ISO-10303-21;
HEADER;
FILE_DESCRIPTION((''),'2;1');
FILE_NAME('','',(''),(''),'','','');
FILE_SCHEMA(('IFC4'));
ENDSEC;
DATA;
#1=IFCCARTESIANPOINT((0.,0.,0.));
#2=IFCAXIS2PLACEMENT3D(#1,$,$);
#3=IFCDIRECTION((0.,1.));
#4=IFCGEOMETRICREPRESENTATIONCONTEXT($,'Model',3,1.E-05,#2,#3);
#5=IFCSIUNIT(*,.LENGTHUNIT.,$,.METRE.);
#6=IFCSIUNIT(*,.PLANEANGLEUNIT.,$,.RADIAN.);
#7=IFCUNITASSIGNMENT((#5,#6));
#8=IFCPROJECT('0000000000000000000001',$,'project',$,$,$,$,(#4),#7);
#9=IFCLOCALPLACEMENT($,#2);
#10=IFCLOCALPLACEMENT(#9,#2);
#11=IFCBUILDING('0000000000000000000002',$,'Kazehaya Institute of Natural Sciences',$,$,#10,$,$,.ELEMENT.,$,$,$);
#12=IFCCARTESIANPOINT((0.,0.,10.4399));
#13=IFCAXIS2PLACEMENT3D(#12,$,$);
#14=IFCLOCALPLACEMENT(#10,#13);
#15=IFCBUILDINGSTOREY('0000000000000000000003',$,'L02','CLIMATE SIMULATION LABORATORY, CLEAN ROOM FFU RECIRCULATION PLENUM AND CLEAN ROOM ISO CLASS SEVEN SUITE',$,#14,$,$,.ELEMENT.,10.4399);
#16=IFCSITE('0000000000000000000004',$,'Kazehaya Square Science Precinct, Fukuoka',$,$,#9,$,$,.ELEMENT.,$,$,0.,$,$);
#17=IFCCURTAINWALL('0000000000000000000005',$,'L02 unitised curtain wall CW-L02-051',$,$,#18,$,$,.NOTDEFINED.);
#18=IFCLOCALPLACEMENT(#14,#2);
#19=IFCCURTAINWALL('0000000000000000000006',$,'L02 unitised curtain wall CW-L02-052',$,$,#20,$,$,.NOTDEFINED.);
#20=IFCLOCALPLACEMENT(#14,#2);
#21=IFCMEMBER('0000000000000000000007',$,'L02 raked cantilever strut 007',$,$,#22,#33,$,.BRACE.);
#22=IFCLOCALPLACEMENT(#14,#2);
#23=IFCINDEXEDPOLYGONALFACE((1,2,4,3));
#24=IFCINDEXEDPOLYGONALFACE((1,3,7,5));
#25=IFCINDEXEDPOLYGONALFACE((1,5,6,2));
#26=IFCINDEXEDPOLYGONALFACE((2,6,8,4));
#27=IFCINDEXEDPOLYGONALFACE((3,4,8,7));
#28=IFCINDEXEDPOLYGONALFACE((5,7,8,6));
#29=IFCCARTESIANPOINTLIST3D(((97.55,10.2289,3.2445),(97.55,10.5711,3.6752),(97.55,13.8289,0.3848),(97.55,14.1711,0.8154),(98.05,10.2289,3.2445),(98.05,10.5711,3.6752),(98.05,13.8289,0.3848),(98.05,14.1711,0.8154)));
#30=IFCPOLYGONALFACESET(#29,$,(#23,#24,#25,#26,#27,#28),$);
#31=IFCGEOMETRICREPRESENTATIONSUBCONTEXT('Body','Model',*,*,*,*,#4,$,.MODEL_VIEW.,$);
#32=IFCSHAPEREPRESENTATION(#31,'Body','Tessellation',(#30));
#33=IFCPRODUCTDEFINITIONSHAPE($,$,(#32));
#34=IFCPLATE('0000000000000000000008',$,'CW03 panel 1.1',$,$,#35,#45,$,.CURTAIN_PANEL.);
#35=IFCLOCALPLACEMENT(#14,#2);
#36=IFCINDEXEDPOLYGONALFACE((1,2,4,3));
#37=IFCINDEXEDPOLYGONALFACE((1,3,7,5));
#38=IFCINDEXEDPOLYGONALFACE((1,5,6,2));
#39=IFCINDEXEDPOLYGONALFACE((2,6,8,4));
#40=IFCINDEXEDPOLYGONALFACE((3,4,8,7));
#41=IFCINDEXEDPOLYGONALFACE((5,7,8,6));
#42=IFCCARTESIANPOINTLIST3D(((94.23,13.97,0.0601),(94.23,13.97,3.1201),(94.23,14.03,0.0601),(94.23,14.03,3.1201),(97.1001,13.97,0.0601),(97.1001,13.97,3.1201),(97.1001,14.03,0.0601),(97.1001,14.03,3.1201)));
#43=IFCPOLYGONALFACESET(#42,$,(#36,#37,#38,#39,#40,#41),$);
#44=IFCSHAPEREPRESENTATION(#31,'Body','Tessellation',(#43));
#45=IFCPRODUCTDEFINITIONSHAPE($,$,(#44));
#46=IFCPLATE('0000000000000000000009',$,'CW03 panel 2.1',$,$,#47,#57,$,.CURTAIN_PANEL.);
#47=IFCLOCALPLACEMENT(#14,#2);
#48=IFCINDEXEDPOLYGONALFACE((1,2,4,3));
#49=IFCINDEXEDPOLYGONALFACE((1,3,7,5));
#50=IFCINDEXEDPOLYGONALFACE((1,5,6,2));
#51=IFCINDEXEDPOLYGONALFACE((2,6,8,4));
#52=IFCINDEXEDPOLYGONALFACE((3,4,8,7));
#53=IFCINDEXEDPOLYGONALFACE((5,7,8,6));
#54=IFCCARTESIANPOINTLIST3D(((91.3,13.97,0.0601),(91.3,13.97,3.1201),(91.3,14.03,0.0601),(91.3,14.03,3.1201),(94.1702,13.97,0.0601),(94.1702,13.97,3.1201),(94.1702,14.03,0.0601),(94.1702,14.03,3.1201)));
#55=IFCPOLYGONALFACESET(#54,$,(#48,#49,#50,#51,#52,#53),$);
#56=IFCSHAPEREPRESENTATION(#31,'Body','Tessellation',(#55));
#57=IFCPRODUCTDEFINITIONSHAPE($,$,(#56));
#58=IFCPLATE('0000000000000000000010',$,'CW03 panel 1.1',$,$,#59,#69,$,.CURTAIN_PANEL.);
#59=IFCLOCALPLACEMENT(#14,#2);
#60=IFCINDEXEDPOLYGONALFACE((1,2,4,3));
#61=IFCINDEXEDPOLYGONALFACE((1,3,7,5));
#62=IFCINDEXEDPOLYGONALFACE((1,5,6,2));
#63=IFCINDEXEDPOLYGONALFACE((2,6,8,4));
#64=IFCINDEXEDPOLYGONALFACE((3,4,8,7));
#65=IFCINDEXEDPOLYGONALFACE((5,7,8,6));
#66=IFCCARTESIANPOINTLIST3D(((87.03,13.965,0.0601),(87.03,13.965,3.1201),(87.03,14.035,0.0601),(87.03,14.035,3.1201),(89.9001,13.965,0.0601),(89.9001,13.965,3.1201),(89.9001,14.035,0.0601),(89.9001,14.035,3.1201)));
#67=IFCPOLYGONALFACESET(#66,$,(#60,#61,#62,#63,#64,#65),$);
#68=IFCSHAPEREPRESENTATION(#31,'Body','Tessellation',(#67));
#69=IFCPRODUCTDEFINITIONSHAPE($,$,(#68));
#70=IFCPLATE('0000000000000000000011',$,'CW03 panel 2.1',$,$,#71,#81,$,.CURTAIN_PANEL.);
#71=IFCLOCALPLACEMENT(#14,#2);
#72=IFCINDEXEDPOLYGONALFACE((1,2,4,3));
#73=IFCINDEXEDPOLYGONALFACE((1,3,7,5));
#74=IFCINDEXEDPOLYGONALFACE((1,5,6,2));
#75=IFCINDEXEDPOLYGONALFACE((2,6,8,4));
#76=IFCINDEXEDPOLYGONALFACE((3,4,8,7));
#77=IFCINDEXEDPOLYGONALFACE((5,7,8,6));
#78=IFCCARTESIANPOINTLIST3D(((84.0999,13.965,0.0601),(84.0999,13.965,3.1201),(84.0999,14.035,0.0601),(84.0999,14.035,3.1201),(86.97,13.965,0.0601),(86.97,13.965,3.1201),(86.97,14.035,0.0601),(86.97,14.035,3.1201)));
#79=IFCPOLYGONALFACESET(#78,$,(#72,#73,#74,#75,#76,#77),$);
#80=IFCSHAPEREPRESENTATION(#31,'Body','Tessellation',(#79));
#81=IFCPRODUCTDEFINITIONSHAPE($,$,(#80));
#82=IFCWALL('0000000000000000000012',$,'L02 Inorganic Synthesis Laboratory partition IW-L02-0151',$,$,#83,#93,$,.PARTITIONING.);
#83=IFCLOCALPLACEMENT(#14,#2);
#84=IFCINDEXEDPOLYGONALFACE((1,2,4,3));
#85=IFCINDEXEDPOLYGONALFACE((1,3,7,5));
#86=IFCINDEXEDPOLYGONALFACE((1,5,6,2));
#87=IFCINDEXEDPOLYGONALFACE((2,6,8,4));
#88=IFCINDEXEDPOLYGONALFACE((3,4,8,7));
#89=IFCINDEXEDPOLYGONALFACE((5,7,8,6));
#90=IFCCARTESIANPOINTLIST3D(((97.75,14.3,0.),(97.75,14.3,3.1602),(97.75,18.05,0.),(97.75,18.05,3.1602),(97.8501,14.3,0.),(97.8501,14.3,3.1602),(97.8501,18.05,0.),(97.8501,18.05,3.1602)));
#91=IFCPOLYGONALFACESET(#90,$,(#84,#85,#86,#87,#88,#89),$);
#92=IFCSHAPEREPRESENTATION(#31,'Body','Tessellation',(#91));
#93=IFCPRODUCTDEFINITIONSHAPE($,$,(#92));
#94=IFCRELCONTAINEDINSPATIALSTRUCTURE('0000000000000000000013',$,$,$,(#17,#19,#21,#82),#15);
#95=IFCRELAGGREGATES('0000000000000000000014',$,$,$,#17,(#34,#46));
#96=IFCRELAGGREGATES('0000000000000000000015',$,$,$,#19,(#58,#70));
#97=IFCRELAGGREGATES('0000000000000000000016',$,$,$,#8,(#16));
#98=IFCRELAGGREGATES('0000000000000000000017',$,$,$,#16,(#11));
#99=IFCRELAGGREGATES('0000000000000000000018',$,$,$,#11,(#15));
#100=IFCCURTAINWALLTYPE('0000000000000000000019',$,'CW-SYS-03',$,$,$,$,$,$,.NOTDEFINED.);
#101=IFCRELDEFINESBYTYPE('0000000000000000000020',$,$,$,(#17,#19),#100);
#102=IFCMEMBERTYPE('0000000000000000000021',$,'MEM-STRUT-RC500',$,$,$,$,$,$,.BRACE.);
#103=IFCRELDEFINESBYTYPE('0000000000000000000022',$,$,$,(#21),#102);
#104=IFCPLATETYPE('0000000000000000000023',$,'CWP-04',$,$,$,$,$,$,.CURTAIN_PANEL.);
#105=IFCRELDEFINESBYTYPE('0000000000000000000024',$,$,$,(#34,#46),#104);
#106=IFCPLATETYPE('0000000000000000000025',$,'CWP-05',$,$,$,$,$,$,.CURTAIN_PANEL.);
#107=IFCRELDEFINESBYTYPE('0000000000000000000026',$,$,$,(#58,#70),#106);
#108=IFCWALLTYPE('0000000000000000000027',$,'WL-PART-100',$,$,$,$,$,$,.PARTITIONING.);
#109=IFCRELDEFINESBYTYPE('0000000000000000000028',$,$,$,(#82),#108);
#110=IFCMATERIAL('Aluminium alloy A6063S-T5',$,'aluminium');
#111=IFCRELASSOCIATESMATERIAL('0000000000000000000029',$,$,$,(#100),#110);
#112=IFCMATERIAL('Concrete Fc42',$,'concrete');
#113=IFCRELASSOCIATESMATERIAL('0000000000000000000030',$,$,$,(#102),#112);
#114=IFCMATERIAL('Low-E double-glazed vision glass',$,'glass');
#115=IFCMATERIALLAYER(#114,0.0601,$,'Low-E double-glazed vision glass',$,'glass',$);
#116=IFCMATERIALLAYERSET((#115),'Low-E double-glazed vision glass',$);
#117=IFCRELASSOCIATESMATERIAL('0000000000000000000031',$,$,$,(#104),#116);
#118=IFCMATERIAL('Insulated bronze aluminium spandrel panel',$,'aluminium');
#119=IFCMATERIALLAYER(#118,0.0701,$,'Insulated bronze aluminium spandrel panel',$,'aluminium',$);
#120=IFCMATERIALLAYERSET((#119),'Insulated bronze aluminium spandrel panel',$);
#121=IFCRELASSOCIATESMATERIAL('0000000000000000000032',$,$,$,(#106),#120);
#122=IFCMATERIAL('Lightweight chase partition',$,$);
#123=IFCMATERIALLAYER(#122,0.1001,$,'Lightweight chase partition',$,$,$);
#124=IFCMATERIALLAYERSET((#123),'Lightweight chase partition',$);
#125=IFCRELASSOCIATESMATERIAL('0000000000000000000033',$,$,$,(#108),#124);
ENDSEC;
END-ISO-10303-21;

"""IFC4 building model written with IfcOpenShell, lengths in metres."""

from ifc_helpers import new_model, si_unit, direction, frame, frame_2d, origin, origin_2d, place, context, subcontext, project, spatial, rectangle, extrude, material, layer, layer_set, material_profile, profile_set, type_object, element, aggregate, save


model = new_model("IFC4")

# Units and contexts
model_context = context("Model", 3, precision=1e-05, world=origin(), true_north=direction((0.0, 1.0)))
body_context = subcontext(model_context, "Body", "Model", "MODEL_VIEW")
ifc_project = project(units=[si_unit("LENGTHUNIT", "METRE"), si_unit("PLANEANGLEUNIT", "RADIAN")], contexts=[model_context])

# Site, building, storey
site_placement = place(None, origin())
site = spatial("IfcSite", under=ifc_project, at=site_placement, Name="Kazehaya Square Science Precinct, Fukuoka", CompositionType="ELEMENT", RefElevation=0.0)
building_placement = place(site_placement, origin())
building = spatial("IfcBuilding", under=site, at=building_placement, Name="Kazehaya Institute of Natural Sciences", CompositionType="ELEMENT")
storey_placement = place(building_placement, frame((0.0, 0.0, 10.4399)))
storey = spatial("IfcBuildingStorey", under=building, at=storey_placement, Name="L02", Description="CLIMATE SIMULATION LABORATORY, CLEAN ROOM FFU RECIRCULATION PLENUM AND CLEAN ROOM ISO CLASS SEVEN SUITE", CompositionType="ELEMENT", Elevation=10.4399)

# Shared definitions
ifc_material_1 = material(Name="Concrete Fc42", Category="concrete")

# Curtain walls
ifc_material_2 = material(Name="Aluminium alloy A6063S-T5", Category="aluminium")
curtain_wall_type = type_object("IfcCurtainWallType", Name="CW-SYS-03", PredefinedType="NOTDEFINED", material=ifc_material_2)
curtain_wall_1_placement = place(storey_placement, origin())
curtain_wall_1 = element("IfcCurtainWall", 1, at=curtain_wall_1_placement, inside=storey, type_object=curtain_wall_type, Name="L02 unitised curtain wall CW-L02-051", PredefinedType="NOTDEFINED")
curtain_wall_2_placement = place(storey_placement, origin())
curtain_wall_2 = element("IfcCurtainWall", 2, at=curtain_wall_2_placement, inside=storey, type_object=curtain_wall_type, Name="L02 unitised curtain wall CW-L02-052", PredefinedType="NOTDEFINED")

# Member
ifc_material_profile_1 = material_profile(ifc_material_1, rectangle(XDim=0.5, YDim=0.55, at=origin_2d()), Name="RC-500x550")
ifc_profile_set_1 = profile_set([ifc_material_profile_1], Name="Concrete Fc42")
member_type_1 = type_object("IfcMemberType", Name="MEM-STRUT-RC500", PredefinedType="BRACE", material=ifc_profile_set_1)
for number, where, z_axis, x_axis, name in (
    (3, (97.8, 14.0, 0.6001), (0.0, -0.783009, 0.62201), (1.0, 0.0, 0.0), "L02 raked cantilever strut 007"),
):
    element("IfcMember", number, at=place(storey_placement, frame(where, z_axis=z_axis, x_axis=x_axis)), inside=storey, type_object=member_type_1, Name=name, PredefinedType="BRACE", context=body_context, shape_type="SweptSolid", body=[
        extrude(rectangle(XDim=0.5, YDim=0.55, at=origin_2d()), origin(), (0.0, 0.0, 1.0), 4.5977),
    ])

# Plates
ifc_material_3 = material(Name="Low-E double-glazed vision glass", Category="glass")
ifc_layer_1 = layer(ifc_material_3, 0.0601, Name="Low-E double-glazed vision glass", Category="glass")
ifc_layer_set_1 = layer_set([ifc_layer_1], Name="Low-E double-glazed vision glass")
plate_type_1 = type_object("IfcPlateType", Name="CWP-04", PredefinedType="CURTAIN_PANEL", material=ifc_layer_set_1)
plate_1_placement = place(storey_placement, frame((95.665, 14.0, 0.0601), z_axis=(0.0, 0.0, 1.0), x_axis=(-1.0, 0.0, 0.0)))
plate_1 = element("IfcPlate", 4, at=plate_1_placement, type_object=plate_type_1, Name="CW03 panel 1.1", PredefinedType="CURTAIN_PANEL", context=body_context, shape_type="SweptSolid", body=[
    extrude(rectangle(XDim=2.8701, YDim=0.0601, at=origin_2d()), origin(), (0.0, 0.0, 1.0), 3.0601),
])
plate_2_placement = place(storey_placement, frame((92.7351, 14.0, 0.0601), z_axis=(0.0, 0.0, 1.0), x_axis=(-1.0, 0.0, 0.0)))
plate_2 = element("IfcPlate", 5, at=plate_2_placement, type_object=plate_type_1, Name="CW03 panel 2.1", PredefinedType="CURTAIN_PANEL", context=body_context, shape_type="SweptSolid", body=[
    extrude(rectangle(XDim=2.8701, YDim=0.0601, at=origin_2d()), origin(), (0.0, 0.0, 1.0), 3.0601),
])
aggregate(curtain_wall_1, [plate_1, plate_2])
ifc_material_4 = material(Name="Insulated bronze aluminium spandrel panel", Category="aluminium")
ifc_layer_2 = layer(ifc_material_4, 0.0701, Name="Insulated bronze aluminium spandrel panel", Category="aluminium")
ifc_layer_set_2 = layer_set([ifc_layer_2], Name="Insulated bronze aluminium spandrel panel")
plate_type_2 = type_object("IfcPlateType", Name="CWP-05", PredefinedType="CURTAIN_PANEL", material=ifc_layer_set_2)
plate_3_placement = place(storey_placement, frame((88.4651, 14.0, 0.0601), z_axis=(0.0, 0.0, 1.0), x_axis=(-1.0, 0.0, 0.0)))
plate_3 = element("IfcPlate", 6, at=plate_3_placement, type_object=plate_type_2, Name="CW03 panel 1.1", PredefinedType="CURTAIN_PANEL", context=body_context, shape_type="SweptSolid", body=[
    extrude(rectangle(XDim=2.8701, YDim=0.0701, at=origin_2d()), origin(), (0.0, 0.0, 1.0), 3.0601),
])
plate_4_placement = place(storey_placement, frame((85.5349, 14.0, 0.0601), z_axis=(0.0, 0.0, 1.0), x_axis=(-1.0, 0.0, 0.0)))
plate_4 = element("IfcPlate", 7, at=plate_4_placement, type_object=plate_type_2, Name="CW03 panel 2.1", PredefinedType="CURTAIN_PANEL", context=body_context, shape_type="SweptSolid", body=[
    extrude(rectangle(XDim=2.8701, YDim=0.0701, at=origin_2d()), origin(), (0.0, 0.0, 1.0), 3.0601),
])
aggregate(curtain_wall_2, [plate_3, plate_4])

# Wall
ifc_material_5 = material(Name="Lightweight chase partition")
ifc_layer_3 = layer(ifc_material_5, 0.1001, Name="Lightweight chase partition")
ifc_layer_set_3 = layer_set([ifc_layer_3], Name="Lightweight chase partition")
wall_type = type_object("IfcWallType", Name="WL-PART-100", PredefinedType="PARTITIONING", material=ifc_layer_set_3)
wall_placement = place(storey_placement, frame((97.8, 18.05, 0.0), z_axis=(0.0, 0.0, 1.0), x_axis=(0.0, -1.0, 0.0)))
element("IfcWall", 8, at=wall_placement, inside=storey, type_object=wall_type, Name="L02 Inorganic Synthesis Laboratory partition IW-L02-0151", PredefinedType="PARTITIONING", context=body_context, shape_type="SweptSolid", body=[
    extrude(rectangle(XDim=3.75, YDim=0.1001, at=frame_2d((1.875, 0.0))), origin(), (0.0, 0.0, 1.0), 3.1602),
])

save(model, "model.ifc")
